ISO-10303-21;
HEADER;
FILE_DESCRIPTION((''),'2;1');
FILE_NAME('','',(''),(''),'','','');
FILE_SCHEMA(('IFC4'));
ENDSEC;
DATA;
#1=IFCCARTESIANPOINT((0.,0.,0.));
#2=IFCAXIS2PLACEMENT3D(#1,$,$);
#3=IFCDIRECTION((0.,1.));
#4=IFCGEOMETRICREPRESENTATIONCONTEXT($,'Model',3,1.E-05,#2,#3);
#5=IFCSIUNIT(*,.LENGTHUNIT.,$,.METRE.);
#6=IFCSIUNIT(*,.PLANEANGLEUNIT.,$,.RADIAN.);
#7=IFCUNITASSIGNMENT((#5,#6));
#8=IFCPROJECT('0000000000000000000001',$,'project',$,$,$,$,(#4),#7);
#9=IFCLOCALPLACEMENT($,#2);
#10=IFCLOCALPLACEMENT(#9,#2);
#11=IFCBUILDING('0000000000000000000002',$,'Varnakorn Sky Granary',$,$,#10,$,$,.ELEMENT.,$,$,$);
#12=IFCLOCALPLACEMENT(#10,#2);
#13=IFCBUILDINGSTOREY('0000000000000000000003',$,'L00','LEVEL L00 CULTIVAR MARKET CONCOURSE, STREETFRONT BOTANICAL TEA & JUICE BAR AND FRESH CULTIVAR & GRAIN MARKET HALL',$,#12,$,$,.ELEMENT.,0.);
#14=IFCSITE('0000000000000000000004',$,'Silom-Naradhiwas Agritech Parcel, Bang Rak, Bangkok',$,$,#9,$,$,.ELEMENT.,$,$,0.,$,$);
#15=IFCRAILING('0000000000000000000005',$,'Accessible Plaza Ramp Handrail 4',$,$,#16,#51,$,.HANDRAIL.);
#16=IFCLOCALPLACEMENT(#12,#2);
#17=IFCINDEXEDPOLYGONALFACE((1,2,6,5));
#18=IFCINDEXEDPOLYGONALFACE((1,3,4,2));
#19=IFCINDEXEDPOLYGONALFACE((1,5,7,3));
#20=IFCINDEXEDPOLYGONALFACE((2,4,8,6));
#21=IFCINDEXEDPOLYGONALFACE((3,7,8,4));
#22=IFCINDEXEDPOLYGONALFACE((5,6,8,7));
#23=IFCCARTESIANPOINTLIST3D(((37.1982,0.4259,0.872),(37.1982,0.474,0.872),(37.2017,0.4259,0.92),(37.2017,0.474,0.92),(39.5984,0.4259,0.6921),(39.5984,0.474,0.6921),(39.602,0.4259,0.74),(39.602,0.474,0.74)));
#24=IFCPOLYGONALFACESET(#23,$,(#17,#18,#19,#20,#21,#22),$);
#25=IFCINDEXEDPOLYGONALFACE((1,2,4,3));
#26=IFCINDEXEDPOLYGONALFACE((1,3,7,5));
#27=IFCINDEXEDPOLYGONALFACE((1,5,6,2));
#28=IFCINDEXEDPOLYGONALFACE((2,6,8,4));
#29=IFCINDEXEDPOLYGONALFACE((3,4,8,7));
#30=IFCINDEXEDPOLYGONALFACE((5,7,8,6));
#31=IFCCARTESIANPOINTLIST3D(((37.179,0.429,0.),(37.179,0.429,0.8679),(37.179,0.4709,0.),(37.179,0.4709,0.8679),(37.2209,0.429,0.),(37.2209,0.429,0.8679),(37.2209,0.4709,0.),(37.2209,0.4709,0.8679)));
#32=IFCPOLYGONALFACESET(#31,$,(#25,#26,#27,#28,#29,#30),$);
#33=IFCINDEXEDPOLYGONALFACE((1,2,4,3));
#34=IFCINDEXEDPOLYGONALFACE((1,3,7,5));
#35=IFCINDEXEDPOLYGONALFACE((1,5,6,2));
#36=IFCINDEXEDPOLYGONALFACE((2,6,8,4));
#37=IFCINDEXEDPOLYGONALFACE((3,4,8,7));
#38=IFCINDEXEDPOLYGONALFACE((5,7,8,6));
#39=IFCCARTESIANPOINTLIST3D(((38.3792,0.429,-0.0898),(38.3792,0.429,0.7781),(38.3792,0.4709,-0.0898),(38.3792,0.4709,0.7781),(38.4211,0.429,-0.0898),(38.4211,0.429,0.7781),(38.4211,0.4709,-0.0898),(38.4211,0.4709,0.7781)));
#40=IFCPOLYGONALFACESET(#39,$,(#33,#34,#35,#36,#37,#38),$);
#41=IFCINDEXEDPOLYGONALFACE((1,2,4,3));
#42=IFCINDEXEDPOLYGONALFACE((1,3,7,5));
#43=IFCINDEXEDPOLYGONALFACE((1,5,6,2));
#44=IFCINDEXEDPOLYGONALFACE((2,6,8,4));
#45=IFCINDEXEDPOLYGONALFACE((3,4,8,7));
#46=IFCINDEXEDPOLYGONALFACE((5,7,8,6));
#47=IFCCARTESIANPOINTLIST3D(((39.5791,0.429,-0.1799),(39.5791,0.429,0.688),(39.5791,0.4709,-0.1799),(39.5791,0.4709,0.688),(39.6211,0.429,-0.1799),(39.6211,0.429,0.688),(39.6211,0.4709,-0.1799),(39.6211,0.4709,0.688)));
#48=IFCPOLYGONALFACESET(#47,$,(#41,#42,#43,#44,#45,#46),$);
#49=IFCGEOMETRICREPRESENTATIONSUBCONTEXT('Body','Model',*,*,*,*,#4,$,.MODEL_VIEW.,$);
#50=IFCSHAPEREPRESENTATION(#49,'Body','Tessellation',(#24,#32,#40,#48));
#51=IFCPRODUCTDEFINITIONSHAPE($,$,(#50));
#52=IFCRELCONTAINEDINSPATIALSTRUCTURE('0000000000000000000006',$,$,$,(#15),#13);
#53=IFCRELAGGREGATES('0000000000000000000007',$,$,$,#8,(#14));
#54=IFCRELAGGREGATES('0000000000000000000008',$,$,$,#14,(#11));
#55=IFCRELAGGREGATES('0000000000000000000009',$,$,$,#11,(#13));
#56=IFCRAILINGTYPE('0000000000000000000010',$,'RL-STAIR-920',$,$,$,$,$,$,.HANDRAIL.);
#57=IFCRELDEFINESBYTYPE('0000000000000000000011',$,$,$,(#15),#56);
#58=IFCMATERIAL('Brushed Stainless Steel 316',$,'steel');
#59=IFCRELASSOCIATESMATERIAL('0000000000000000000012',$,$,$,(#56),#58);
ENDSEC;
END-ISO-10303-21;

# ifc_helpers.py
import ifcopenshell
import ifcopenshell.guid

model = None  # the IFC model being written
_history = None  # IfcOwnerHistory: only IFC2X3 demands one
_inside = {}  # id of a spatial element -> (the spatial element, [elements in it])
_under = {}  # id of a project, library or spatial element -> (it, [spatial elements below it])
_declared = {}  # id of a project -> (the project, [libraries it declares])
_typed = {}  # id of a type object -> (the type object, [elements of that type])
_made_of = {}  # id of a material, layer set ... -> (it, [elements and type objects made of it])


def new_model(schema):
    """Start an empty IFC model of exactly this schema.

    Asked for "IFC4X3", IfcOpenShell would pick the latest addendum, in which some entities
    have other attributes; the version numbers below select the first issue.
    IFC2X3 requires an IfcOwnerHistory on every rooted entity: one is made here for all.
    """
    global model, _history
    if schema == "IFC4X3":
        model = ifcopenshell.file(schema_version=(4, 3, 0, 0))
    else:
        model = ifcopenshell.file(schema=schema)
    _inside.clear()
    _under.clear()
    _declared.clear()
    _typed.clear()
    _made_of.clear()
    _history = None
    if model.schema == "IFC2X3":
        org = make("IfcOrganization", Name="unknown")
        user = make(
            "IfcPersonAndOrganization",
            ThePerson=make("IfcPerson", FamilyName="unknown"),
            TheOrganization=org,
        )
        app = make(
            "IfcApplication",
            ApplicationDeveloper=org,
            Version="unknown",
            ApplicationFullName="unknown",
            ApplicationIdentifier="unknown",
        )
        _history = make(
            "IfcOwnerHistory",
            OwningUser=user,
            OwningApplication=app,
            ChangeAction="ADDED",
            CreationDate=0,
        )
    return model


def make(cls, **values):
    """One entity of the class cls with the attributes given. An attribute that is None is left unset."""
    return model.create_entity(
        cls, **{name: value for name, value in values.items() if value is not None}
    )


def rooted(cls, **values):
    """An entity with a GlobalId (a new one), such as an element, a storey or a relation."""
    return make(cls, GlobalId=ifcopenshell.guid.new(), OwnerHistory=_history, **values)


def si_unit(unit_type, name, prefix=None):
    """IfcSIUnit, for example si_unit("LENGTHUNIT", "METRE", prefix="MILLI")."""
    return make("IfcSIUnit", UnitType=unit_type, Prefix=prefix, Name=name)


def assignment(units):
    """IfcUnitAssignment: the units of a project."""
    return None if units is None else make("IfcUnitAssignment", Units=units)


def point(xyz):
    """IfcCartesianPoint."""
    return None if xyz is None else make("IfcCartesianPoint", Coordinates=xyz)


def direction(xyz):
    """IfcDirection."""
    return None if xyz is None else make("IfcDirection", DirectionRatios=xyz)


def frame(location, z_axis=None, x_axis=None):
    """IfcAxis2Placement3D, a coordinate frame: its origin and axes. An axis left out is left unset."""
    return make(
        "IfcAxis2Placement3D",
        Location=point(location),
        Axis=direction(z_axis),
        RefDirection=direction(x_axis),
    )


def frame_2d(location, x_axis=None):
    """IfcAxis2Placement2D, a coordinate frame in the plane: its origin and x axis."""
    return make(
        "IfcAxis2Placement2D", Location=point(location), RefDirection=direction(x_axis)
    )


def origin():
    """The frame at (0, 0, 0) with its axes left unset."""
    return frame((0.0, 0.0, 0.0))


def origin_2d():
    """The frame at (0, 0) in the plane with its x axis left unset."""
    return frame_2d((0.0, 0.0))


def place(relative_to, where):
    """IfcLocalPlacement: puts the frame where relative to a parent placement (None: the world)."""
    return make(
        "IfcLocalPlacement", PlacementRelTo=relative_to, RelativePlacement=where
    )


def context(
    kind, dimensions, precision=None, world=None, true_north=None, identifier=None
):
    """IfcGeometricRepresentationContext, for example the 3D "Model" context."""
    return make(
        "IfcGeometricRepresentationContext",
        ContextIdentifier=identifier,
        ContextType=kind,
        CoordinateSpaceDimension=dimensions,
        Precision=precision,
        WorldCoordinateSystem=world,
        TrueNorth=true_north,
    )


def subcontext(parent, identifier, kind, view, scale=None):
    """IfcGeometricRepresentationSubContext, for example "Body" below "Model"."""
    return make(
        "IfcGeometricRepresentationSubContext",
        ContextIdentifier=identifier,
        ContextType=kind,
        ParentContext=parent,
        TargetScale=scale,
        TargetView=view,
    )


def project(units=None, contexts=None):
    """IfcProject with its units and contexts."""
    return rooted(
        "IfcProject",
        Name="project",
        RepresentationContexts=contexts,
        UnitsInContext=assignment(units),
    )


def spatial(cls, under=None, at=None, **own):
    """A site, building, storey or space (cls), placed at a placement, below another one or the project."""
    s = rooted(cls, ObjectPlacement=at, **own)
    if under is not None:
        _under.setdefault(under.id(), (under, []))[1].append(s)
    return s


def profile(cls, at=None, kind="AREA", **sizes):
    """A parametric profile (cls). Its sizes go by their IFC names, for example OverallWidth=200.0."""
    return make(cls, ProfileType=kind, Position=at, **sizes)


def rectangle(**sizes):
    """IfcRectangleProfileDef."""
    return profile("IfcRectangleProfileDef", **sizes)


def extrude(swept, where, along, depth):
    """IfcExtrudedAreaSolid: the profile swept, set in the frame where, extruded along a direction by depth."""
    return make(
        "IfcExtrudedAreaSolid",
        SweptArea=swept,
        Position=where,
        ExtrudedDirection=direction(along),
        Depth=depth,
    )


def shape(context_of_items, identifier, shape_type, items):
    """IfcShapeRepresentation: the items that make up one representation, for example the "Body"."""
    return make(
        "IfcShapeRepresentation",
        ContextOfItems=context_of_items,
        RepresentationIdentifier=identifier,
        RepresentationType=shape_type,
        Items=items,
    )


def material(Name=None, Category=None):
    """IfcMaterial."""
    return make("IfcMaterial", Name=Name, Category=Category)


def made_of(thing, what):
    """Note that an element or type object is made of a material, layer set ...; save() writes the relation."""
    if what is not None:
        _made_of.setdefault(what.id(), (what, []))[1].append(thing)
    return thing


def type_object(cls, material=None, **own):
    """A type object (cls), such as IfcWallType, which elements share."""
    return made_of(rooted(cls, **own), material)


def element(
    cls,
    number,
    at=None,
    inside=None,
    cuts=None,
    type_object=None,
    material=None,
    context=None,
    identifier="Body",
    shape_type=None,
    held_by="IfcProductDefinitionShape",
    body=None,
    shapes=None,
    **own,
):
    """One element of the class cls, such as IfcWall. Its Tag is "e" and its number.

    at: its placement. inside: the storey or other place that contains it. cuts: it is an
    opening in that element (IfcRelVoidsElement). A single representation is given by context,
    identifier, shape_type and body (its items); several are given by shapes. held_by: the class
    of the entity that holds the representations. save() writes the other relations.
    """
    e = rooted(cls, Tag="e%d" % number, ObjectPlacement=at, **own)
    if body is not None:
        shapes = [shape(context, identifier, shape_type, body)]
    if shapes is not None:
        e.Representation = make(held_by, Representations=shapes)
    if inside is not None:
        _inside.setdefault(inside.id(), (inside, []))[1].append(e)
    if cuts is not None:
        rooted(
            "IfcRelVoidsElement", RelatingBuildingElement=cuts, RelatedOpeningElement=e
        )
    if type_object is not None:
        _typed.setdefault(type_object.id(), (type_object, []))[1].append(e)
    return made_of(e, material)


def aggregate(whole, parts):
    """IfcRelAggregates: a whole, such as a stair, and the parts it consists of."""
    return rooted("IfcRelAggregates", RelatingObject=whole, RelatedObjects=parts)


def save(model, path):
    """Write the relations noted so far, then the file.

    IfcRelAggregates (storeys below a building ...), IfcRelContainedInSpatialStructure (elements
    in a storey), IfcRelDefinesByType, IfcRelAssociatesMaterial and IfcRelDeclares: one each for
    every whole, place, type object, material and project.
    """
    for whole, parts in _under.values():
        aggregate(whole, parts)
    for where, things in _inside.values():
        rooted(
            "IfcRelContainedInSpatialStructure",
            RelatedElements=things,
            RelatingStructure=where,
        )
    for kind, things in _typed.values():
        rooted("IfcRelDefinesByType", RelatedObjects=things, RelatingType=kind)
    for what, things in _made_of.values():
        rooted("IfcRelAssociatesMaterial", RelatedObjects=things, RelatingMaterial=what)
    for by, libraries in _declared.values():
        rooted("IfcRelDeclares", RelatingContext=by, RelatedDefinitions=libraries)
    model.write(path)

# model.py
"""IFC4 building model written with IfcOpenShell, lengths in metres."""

from ifc_helpers import new_model, si_unit, direction, frame, origin, origin_2d, place, context, subcontext, project, spatial, rectangle, extrude, material, type_object, element, save


model = new_model("IFC4")

# Units and contexts
model_context = context("Model", 3, precision=1e-05, world=origin(), true_north=direction((0.0, 1.0)))
body_context = subcontext(model_context, "Body", "Model", "MODEL_VIEW")
ifc_project = project(units=[si_unit("LENGTHUNIT", "METRE"), si_unit("PLANEANGLEUNIT", "RADIAN")], contexts=[model_context])

# Site, building, storey
site_placement = place(None, origin())
site = spatial("IfcSite", under=ifc_project, at=site_placement, Name="Silom-Naradhiwas Agritech Parcel, Bang Rak, Bangkok", CompositionType="ELEMENT", RefElevation=0.0)
building_placement = place(site_placement, origin())
building = spatial("IfcBuilding", under=site, at=building_placement, Name="Varnakorn Sky Granary", CompositionType="ELEMENT")
storey_placement = place(building_placement, origin())
storey = spatial("IfcBuildingStorey", under=building, at=storey_placement, Name="L00", Description="LEVEL L00 CULTIVAR MARKET CONCOURSE, STREETFRONT BOTANICAL TEA & JUICE BAR AND FRESH CULTIVAR & GRAIN MARKET HALL", CompositionType="ELEMENT", Elevation=0.0)

# Railing
ifc_material_1 = material(Name="Brushed Stainless Steel 316", Category="steel")
railing_type = type_object("IfcRailingType", Name="RL-STAIR-920", PredefinedType="HANDRAIL", material=ifc_material_1)
railing_placement = place(storey_placement, frame((37.2, 0.45, 0.0)))
element("IfcRailing", 1, at=railing_placement, inside=storey, type_object=railing_type, Name="Accessible Plaza Ramp Handrail 4", PredefinedType="HANDRAIL", context=body_context, shape_type="SweptSolid", body=[
    extrude(rectangle(XDim=0.0481, YDim=0.0481, at=origin_2d()), frame((0.0, 0.0, 0.896), z_axis=(0.997202, 0.0, -0.074757), x_axis=(0.0, 1.0, 0.0)), (0.0, 0.0, 1.0), 2.407),
    extrude(rectangle(XDim=0.042, YDim=0.042, at=origin_2d()), origin(), (0.0, 0.0, 1.0), 0.8679),
    extrude(rectangle(XDim=0.042, YDim=0.042, at=origin_2d()), frame((1.2002, 0.0, -0.0898)), (0.0, 0.0, 1.0), 0.8679),
    extrude(rectangle(XDim=0.042, YDim=0.042, at=origin_2d()), frame((2.4001, 0.0, -0.1799)), (0.0, 0.0, 1.0), 0.8679),
])

save(model, "model.ifc")
